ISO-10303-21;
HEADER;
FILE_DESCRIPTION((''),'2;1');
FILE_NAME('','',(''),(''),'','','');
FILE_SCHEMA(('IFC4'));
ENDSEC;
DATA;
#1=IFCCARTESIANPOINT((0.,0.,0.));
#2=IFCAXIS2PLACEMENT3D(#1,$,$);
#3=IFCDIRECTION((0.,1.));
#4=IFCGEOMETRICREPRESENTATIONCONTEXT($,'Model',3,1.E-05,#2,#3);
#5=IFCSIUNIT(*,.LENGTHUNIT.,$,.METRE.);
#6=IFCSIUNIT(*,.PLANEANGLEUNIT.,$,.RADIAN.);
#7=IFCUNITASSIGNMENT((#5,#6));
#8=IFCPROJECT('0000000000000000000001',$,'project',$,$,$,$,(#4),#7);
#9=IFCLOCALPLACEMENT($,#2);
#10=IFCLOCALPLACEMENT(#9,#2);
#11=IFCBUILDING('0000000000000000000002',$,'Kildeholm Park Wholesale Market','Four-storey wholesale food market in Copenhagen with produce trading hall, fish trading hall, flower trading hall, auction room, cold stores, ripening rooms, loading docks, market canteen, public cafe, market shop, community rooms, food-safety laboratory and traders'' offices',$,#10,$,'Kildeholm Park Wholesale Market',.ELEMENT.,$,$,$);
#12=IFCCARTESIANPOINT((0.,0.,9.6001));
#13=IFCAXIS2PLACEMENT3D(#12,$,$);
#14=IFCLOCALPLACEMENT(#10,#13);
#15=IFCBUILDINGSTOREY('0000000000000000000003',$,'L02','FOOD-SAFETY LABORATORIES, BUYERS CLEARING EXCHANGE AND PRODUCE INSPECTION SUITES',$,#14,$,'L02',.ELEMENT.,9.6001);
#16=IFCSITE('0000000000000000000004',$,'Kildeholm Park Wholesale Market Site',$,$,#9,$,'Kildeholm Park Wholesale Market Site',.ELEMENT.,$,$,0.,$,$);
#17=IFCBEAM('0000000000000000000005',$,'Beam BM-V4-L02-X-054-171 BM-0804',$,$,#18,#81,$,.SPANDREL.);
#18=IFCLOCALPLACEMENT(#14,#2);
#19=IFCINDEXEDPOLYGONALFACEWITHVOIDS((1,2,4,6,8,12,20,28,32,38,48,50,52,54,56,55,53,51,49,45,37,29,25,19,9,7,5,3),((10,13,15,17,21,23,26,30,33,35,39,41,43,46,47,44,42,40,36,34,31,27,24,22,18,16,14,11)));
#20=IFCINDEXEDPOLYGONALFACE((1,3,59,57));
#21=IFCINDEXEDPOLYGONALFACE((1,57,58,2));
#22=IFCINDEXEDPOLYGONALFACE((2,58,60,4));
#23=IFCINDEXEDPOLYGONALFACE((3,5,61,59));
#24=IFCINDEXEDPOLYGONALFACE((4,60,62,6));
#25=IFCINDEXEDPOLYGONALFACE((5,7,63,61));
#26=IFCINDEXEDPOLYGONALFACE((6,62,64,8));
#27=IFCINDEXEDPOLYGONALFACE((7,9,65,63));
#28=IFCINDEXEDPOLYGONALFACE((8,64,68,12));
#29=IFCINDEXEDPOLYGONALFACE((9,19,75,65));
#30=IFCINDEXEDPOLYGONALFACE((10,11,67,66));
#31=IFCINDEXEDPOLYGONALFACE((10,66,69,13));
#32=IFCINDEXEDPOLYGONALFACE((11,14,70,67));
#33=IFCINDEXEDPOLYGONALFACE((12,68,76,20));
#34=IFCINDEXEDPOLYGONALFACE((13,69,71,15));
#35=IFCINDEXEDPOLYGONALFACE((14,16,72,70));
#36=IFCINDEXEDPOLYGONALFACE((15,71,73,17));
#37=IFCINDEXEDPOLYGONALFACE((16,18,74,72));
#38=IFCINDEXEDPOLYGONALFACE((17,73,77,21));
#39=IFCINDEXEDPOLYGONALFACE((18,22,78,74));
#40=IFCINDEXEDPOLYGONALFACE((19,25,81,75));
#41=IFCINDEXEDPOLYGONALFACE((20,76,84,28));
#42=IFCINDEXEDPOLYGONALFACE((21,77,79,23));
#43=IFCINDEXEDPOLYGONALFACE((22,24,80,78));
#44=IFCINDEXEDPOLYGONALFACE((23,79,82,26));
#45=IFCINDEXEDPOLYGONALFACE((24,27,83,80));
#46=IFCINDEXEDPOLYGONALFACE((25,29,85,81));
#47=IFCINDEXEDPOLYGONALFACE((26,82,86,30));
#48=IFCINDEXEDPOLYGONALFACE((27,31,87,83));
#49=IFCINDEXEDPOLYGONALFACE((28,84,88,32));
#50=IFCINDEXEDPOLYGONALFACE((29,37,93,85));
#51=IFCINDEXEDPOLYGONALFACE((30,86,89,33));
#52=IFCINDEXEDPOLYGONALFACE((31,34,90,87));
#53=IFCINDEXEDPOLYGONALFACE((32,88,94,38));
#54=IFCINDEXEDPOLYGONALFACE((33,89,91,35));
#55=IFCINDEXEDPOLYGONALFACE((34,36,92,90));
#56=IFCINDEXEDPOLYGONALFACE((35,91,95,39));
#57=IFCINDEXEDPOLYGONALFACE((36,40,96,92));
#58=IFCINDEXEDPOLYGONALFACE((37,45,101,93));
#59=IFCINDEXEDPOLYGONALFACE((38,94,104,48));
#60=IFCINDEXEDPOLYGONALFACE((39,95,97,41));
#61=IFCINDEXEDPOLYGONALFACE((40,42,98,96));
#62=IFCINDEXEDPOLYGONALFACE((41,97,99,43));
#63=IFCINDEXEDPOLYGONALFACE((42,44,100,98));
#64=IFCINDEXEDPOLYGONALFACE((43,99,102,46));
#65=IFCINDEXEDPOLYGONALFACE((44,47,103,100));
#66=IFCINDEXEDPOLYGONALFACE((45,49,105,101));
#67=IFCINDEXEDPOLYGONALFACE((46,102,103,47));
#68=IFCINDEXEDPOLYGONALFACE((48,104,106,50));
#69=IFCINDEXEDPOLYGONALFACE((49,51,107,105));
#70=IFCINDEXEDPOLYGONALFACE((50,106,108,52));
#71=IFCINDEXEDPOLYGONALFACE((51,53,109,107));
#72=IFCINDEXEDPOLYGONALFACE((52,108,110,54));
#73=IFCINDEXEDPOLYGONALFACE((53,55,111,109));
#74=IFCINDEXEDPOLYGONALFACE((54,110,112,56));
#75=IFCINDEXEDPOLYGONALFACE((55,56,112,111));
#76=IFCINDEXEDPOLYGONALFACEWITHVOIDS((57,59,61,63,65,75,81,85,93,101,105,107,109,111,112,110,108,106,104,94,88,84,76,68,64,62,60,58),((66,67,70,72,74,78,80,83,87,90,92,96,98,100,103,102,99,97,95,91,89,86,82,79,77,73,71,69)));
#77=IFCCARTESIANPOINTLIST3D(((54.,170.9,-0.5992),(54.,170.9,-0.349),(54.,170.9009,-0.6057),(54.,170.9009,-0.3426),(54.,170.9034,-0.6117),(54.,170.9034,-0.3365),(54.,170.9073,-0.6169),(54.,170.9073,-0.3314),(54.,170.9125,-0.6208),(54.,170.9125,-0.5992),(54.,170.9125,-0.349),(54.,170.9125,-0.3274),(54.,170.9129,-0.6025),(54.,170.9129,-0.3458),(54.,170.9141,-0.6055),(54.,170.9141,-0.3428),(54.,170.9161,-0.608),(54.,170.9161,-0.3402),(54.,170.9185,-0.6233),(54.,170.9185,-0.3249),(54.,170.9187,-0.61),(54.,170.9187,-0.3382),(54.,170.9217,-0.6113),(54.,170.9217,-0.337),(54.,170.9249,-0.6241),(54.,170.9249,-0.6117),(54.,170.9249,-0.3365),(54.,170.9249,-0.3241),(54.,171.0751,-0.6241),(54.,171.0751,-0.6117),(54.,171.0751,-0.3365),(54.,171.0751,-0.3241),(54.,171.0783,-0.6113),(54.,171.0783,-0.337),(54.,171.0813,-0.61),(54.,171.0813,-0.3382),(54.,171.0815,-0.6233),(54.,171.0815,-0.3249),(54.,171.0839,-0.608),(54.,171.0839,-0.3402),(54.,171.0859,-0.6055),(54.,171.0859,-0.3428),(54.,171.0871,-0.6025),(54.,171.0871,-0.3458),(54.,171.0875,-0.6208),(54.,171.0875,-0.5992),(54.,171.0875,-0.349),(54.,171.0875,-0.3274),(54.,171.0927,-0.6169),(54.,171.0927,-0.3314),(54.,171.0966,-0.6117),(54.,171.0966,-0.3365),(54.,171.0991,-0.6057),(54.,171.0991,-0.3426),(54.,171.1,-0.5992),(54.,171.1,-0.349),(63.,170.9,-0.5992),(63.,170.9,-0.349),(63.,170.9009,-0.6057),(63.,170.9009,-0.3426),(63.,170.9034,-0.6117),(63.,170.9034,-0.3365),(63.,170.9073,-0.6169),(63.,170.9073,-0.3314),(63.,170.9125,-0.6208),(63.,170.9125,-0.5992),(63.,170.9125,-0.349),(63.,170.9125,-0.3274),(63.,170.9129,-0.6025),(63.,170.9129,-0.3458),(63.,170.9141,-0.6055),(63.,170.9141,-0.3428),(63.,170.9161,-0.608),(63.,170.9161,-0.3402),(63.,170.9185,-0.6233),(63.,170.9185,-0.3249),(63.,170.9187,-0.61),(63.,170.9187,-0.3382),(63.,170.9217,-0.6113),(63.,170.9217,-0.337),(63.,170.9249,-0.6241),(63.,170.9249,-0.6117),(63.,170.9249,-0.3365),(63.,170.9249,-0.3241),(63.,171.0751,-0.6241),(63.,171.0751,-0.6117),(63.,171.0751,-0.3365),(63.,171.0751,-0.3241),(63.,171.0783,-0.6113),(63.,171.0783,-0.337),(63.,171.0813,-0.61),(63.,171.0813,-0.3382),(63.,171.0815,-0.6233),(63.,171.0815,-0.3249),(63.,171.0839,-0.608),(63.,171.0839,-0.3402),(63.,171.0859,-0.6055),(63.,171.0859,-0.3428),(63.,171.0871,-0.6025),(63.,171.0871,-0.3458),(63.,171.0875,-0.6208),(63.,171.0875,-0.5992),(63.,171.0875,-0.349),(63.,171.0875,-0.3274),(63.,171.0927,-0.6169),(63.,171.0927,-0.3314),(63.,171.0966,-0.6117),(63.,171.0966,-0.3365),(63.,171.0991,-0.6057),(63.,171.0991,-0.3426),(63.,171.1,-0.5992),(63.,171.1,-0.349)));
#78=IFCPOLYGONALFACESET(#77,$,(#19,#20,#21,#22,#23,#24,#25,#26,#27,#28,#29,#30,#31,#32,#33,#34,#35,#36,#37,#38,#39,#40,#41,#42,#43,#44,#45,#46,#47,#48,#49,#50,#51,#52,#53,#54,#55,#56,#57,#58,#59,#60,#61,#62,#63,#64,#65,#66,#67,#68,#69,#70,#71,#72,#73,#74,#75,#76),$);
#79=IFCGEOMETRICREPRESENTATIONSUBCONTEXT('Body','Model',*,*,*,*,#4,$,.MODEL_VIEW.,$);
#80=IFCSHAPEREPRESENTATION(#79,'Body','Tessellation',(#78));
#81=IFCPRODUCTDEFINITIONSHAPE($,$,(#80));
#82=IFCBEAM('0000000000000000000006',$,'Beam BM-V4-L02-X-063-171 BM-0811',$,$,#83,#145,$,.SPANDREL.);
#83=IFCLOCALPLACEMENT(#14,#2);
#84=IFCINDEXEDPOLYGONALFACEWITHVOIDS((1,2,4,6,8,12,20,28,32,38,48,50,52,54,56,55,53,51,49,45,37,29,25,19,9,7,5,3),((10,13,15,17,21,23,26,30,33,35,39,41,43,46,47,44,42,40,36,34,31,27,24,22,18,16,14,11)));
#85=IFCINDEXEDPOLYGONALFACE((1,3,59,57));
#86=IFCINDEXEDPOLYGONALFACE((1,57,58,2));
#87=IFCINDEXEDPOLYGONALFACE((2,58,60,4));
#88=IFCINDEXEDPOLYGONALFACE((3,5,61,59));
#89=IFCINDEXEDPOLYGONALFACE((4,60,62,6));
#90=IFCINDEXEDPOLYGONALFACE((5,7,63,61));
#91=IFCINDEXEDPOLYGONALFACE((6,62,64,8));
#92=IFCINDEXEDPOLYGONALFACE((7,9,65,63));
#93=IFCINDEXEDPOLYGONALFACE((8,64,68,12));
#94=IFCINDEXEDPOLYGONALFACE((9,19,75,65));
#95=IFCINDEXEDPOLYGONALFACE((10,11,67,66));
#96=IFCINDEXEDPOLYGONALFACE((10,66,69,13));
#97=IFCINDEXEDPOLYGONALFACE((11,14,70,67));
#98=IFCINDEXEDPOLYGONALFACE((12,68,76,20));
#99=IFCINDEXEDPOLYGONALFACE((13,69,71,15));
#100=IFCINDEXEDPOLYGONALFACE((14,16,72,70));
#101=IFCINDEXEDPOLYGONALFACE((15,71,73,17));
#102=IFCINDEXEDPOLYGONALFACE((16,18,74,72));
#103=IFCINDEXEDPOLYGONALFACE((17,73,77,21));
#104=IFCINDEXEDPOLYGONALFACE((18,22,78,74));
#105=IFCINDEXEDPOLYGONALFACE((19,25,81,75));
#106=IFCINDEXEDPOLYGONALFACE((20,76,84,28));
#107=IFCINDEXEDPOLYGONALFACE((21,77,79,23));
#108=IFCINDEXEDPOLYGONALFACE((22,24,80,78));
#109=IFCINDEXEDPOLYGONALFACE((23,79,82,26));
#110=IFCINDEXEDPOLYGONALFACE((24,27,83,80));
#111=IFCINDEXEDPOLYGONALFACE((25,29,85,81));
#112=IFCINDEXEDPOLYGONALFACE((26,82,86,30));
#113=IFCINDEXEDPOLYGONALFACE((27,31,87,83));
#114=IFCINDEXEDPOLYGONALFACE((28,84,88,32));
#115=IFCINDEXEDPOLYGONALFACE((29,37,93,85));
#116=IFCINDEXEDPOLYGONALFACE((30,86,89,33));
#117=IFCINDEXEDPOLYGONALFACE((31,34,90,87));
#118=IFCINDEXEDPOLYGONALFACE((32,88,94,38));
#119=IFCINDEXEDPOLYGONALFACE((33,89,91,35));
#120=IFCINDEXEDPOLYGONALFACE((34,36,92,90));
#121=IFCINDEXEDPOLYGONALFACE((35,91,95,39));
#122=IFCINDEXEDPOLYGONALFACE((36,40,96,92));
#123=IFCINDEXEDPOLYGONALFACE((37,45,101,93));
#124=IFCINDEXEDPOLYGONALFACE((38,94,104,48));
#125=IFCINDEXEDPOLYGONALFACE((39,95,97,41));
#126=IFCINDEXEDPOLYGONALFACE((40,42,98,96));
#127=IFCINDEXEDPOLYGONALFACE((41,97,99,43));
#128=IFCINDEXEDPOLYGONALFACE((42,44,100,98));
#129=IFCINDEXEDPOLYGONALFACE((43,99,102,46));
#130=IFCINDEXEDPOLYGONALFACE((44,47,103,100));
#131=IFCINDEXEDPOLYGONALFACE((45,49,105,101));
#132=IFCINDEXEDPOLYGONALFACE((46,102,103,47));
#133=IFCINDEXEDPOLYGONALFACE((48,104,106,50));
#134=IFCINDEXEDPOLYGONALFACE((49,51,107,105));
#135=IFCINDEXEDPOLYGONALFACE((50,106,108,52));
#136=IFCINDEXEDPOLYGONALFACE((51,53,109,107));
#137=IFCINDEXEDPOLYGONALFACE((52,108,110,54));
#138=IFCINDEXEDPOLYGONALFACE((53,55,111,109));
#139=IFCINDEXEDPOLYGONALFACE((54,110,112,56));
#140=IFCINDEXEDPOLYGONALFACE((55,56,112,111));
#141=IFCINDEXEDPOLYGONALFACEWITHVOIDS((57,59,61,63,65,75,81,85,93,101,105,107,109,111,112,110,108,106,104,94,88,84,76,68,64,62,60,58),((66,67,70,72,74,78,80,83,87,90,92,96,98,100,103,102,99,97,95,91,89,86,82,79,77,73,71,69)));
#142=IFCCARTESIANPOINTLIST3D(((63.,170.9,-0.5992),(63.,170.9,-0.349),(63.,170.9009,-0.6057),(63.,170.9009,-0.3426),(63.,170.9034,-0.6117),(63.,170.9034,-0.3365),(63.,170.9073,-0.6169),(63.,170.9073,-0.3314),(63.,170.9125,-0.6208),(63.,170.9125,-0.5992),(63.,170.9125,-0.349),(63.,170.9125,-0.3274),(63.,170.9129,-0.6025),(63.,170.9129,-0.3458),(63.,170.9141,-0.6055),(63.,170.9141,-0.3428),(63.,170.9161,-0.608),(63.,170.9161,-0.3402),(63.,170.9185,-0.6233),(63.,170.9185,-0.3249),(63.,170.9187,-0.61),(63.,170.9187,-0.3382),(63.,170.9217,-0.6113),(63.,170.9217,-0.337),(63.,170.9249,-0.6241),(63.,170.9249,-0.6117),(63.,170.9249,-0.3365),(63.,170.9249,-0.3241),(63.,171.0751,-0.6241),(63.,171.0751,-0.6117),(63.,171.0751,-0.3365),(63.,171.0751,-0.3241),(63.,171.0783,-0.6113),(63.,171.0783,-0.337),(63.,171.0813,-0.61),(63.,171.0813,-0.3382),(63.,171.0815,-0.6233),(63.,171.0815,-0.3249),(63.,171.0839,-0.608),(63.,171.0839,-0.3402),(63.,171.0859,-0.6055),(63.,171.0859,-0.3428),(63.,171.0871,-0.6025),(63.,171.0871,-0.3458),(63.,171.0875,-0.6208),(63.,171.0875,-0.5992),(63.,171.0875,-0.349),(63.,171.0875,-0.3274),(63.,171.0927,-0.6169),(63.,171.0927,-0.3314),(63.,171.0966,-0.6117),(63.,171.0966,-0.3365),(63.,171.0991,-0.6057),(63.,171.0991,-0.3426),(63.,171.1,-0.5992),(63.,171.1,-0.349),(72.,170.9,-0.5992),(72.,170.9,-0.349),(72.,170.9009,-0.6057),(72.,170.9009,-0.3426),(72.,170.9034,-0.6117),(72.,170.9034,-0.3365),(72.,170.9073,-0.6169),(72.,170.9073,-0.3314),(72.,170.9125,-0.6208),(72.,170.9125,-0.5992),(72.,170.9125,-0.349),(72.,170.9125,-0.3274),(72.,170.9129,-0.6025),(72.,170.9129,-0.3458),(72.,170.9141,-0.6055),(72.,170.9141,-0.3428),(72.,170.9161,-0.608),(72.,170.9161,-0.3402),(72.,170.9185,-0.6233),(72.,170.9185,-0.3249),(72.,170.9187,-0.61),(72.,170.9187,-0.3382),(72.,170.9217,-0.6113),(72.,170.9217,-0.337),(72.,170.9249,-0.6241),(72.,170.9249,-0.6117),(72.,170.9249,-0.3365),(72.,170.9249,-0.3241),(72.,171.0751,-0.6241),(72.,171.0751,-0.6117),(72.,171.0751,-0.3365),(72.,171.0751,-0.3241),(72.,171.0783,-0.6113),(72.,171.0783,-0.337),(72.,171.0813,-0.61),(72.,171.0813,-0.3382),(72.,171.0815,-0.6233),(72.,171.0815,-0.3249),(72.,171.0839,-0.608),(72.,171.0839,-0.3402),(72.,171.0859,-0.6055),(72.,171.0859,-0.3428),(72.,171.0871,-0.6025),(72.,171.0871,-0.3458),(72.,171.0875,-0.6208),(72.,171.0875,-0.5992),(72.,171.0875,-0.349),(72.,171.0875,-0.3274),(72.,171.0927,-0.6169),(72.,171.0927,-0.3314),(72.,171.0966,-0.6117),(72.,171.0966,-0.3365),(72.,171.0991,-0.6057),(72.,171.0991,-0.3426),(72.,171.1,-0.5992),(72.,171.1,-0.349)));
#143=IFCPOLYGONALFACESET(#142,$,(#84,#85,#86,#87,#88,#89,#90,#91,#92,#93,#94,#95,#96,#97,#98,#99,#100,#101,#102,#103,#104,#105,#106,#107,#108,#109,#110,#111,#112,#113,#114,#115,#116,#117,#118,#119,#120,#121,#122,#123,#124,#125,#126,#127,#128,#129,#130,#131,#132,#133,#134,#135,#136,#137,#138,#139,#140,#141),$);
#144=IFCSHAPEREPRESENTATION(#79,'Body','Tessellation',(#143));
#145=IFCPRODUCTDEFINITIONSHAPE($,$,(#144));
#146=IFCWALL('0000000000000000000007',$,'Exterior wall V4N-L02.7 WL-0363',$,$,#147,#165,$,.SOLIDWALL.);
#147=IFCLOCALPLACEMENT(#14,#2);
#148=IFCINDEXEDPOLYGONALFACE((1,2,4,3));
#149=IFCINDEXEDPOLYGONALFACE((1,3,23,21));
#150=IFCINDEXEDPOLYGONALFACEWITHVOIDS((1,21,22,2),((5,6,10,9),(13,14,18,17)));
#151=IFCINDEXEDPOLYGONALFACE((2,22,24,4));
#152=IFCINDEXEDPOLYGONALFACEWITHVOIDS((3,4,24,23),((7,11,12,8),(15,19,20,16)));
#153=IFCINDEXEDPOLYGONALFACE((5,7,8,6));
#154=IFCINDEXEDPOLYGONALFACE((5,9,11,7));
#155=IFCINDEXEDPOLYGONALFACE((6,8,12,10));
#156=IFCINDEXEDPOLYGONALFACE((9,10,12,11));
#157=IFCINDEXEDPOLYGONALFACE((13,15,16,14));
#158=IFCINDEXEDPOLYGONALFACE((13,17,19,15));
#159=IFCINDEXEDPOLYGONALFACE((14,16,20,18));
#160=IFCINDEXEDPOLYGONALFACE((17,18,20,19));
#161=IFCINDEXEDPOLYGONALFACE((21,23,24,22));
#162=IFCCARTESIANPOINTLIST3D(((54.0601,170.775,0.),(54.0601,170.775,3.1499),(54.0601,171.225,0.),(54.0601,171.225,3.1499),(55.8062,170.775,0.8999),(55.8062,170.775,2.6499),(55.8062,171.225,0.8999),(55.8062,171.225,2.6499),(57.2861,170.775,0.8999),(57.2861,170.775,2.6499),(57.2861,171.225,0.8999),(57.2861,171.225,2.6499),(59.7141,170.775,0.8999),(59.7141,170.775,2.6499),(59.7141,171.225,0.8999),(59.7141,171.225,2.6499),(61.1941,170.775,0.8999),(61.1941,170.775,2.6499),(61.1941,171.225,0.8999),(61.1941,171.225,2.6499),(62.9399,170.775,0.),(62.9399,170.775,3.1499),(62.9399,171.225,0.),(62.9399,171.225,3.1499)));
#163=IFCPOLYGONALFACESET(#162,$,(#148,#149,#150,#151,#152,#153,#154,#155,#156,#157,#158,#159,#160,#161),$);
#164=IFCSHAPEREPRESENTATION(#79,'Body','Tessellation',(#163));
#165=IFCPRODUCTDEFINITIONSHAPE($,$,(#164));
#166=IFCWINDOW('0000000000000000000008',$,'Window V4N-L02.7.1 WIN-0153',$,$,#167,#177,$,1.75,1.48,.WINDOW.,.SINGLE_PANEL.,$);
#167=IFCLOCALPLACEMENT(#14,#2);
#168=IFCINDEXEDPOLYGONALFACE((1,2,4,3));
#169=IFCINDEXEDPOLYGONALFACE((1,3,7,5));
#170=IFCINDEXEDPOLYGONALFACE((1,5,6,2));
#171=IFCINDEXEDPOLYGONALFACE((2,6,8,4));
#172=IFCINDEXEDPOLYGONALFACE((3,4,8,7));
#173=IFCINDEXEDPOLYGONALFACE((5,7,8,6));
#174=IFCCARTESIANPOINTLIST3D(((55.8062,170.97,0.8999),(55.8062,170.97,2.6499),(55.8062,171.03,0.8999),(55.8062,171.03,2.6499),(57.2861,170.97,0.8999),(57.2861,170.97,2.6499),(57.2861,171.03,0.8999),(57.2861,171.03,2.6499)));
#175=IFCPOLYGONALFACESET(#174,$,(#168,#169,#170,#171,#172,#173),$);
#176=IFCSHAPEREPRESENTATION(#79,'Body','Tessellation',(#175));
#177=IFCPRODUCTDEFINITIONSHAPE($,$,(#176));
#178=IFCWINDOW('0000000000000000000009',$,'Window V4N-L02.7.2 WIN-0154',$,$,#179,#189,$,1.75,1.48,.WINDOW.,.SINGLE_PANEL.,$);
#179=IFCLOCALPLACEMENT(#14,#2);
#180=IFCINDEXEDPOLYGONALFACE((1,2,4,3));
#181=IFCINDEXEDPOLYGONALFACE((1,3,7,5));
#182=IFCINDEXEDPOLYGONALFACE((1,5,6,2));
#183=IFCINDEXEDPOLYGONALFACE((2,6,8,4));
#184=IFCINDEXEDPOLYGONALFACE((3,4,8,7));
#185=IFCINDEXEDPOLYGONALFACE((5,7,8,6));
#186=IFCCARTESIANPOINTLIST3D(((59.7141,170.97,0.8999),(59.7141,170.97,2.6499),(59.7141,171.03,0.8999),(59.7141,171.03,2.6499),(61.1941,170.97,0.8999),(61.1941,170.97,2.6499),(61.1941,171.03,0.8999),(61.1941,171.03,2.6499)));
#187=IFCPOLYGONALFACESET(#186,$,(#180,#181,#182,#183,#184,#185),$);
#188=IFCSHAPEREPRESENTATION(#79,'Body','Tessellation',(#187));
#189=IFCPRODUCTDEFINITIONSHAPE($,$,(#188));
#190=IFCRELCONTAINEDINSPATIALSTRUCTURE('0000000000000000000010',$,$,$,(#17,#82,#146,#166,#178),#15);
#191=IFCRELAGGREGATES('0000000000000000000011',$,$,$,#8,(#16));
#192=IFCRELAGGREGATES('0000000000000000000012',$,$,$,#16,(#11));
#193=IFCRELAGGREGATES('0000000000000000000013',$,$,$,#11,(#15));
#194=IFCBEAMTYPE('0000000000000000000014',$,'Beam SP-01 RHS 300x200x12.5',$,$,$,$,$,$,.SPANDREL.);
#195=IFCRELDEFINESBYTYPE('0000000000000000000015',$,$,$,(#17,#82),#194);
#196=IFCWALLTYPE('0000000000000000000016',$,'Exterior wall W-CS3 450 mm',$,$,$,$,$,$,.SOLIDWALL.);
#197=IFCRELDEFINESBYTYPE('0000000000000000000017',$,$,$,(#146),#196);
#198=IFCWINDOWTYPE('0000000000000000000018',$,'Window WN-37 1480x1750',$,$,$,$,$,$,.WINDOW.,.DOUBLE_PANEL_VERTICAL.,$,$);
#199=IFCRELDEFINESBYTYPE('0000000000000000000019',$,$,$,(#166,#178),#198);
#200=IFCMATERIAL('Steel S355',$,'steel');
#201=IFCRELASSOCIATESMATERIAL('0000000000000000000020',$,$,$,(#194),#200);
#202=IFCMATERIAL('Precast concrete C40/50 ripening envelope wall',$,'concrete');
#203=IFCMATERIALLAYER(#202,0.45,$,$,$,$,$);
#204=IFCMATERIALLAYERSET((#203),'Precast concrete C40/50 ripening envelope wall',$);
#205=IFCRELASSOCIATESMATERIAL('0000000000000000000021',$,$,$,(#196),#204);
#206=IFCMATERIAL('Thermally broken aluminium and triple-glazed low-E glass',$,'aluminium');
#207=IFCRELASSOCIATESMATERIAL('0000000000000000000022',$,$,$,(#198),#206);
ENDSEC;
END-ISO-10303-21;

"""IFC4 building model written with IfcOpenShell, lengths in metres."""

from ifc_helpers import new_model, si_unit, direction, frame, frame_2d, origin, origin_2d, place, context, subcontext, project, spatial, rectangle, hollow_rectangle, extrude, material, layer, layer_set, material_profile, profile_set, type_object, element, fill, save


model = new_model("IFC4")

# Units and contexts
model_context = context("Model", 3, precision=1e-05, world=origin(), true_north=direction((0.0, 1.0)))
body_context = subcontext(model_context, "Body", "Model", "MODEL_VIEW")
ifc_project = project(units=[si_unit("LENGTHUNIT", "METRE"), si_unit("PLANEANGLEUNIT", "RADIAN")], contexts=[model_context])

# Site, building, storey
site_placement = place(None, origin())
site = spatial("IfcSite", under=ifc_project, at=site_placement, Name="Kildeholm Park Wholesale Market Site", LongName="Kildeholm Park Wholesale Market Site", CompositionType="ELEMENT", RefElevation=0.0)
building_placement = place(site_placement, origin())
building = spatial("IfcBuilding", under=site, at=building_placement, Name="Kildeholm Park Wholesale Market", Description="Four-storey wholesale food market in Copenhagen with produce trading hall, fish trading hall, flower trading hall, auction room, cold stores, ripening rooms, loading docks, market canteen, public cafe, market shop, community rooms, food-safety laboratory and traders' offices", LongName="Kildeholm Park Wholesale Market", CompositionType="ELEMENT")
storey_placement = place(building_placement, frame((0.0, 0.0, 9.6001)))
storey = spatial("IfcBuildingStorey", under=building, at=storey_placement, Name="L02", Description="FOOD-SAFETY LABORATORIES, BUYERS CLEARING EXCHANGE AND PRODUCE INSPECTION SUITES", LongName="L02", CompositionType="ELEMENT", Elevation=9.6001)

# Beams
ifc_material_1 = material(Name="Steel S355", Category="steel")
ifc_material_profile_1 = material_profile(ifc_material_1, hollow_rectangle(XDim=0.2, YDim=0.3, WallThickness=0.0125, InnerFilletRadius=0.0125, OuterFilletRadius=0.0249, at=origin_2d()), Name="RHS 300x200x12.5")
ifc_profile_set_1 = profile_set([ifc_material_profile_1], Name="Steel S355")
beam_type_1 = type_object("IfcBeamType", Name="Beam SP-01 RHS 300x200x12.5", PredefinedType="SPANDREL", material=ifc_profile_set_1)
for number, where, z_axis, x_axis, name in (
    (1, (54.0, 171.0, -0.4741), (1.0, 0.0, 0.0), (0.0, 1.0, 0.0), "Beam BM-V4-L02-X-054-171 BM-0804"),
    (2, (63.0, 171.0, -0.4741), (1.0, 0.0, 0.0), (0.0, 1.0, 0.0), "Beam BM-V4-L02-X-063-171 BM-0811"),
):
    element("IfcBeam", number, at=place(storey_placement, frame(where, z_axis=z_axis, x_axis=x_axis)), inside=storey, type_object=beam_type_1, Name=name, PredefinedType="SPANDREL", context=body_context, shape_type="SweptSolid", body=[
        extrude(hollow_rectangle(XDim=0.2, YDim=0.3, WallThickness=0.0125, InnerFilletRadius=0.0125, OuterFilletRadius=0.0249, at=origin_2d()), origin(), (0.0, 0.0, 1.0), 9.0),
    ])

# Wall, openings, windows
ifc_material_2 = material(Name="Precast concrete C40/50 ripening envelope wall", Category="concrete")
ifc_layer_1 = layer(ifc_material_2, 0.45)
ifc_layer_set_1 = layer_set([ifc_layer_1], Name="Precast concrete C40/50 ripening envelope wall")
wall_type_1 = type_object("IfcWallType", Name="Exterior wall W-CS3 450 mm", PredefinedType="SOLIDWALL", material=ifc_layer_set_1)
wall_1_placement = place(storey_placement, frame((54.0601, 171.0, 0.0), z_axis=(0.0, 0.0, 1.0), x_axis=(1.0, 0.0, 0.0)))
wall_1 = element("IfcWall", 3, at=wall_1_placement, inside=storey, type_object=wall_type_1, Name="Exterior wall V4N-L02.7 WL-0363", PredefinedType="SOLIDWALL", context=body_context, shape_type="SweptSolid", body=[
    extrude(rectangle(XDim=8.8799, YDim=0.45, at=frame_2d((4.4399, 0.0))), origin(), (0.0, 0.0, 1.0), 3.1499),
])
opening_1_placement = place(wall_1_placement, frame((1.7461, 0.0, 0.8999)))
opening_1 = element("IfcOpeningElement", 4, at=opening_1_placement, cuts=wall_1, PredefinedType="OPENING", context=body_context, shape_type="SweptSolid", body=[
    extrude(rectangle(XDim=1.48, YDim=1.75, at=frame_2d((0.74, 0.875))), frame((0.0, 0.2349, 0.0), z_axis=(0.0, -1.0, 0.0), x_axis=(1.0, 0.0, 0.0)), (0.0, 0.0, 1.0), 0.47),
])
opening_2_placement = place(wall_1_placement, frame((5.6541, 0.0, 0.8999)))
opening_2 = element("IfcOpeningElement", 5, at=opening_2_placement, cuts=wall_1, PredefinedType="OPENING", context=body_context, shape_type="SweptSolid", body=[
    extrude(rectangle(XDim=1.48, YDim=1.75, at=frame_2d((0.74, 0.875))), frame((0.0, 0.2349, 0.0), z_axis=(0.0, -1.0, 0.0), x_axis=(1.0, 0.0, 0.0)), (0.0, 0.0, 1.0), 0.47),
])
ifc_material_3 = material(Name="Thermally broken aluminium and triple-glazed low-E glass", Category="aluminium")
window_type_1 = type_object("IfcWindowType", Name="Window WN-37 1480x1750", PartitioningType="DOUBLE_PANEL_VERTICAL", PredefinedType="WINDOW", material=ifc_material_3)
window_1_placement = place(opening_1_placement, origin())
window_1 = element("IfcWindow", 6, at=window_1_placement, inside=storey, type_object=window_type_1, Name="Window V4N-L02.7.1 WIN-0153", OverallHeight=1.75, OverallWidth=1.48, PartitioningType="SINGLE_PANEL", PredefinedType="WINDOW", context=body_context, shape_type="SweptSolid", body=[
    extrude(rectangle(XDim=1.48, YDim=1.75, at=frame_2d((0.74, 0.875))), frame((0.0, 0.03, 0.0), z_axis=(0.0, -1.0, 0.0), x_axis=(1.0, 0.0, 0.0)), (0.0, 0.0, 1.0), 0.0601),
])
fill(opening_1, window_1)
window_2_placement = place(opening_2_placement, origin())
window_2 = element("IfcWindow", 7, at=window_2_placement, inside=storey, type_object=window_type_1, Name="Window V4N-L02.7.2 WIN-0154", OverallHeight=1.75, OverallWidth=1.48, PartitioningType="SINGLE_PANEL", PredefinedType="WINDOW", context=body_context, shape_type="SweptSolid", body=[
    extrude(rectangle(XDim=1.48, YDim=1.75, at=frame_2d((0.74, 0.875))), frame((0.0, 0.03, 0.0), z_axis=(0.0, -1.0, 0.0), x_axis=(1.0, 0.0, 0.0)), (0.0, 0.0, 1.0), 0.0601),
])
fill(opening_2, window_2)

save(model, "model.ifc")
